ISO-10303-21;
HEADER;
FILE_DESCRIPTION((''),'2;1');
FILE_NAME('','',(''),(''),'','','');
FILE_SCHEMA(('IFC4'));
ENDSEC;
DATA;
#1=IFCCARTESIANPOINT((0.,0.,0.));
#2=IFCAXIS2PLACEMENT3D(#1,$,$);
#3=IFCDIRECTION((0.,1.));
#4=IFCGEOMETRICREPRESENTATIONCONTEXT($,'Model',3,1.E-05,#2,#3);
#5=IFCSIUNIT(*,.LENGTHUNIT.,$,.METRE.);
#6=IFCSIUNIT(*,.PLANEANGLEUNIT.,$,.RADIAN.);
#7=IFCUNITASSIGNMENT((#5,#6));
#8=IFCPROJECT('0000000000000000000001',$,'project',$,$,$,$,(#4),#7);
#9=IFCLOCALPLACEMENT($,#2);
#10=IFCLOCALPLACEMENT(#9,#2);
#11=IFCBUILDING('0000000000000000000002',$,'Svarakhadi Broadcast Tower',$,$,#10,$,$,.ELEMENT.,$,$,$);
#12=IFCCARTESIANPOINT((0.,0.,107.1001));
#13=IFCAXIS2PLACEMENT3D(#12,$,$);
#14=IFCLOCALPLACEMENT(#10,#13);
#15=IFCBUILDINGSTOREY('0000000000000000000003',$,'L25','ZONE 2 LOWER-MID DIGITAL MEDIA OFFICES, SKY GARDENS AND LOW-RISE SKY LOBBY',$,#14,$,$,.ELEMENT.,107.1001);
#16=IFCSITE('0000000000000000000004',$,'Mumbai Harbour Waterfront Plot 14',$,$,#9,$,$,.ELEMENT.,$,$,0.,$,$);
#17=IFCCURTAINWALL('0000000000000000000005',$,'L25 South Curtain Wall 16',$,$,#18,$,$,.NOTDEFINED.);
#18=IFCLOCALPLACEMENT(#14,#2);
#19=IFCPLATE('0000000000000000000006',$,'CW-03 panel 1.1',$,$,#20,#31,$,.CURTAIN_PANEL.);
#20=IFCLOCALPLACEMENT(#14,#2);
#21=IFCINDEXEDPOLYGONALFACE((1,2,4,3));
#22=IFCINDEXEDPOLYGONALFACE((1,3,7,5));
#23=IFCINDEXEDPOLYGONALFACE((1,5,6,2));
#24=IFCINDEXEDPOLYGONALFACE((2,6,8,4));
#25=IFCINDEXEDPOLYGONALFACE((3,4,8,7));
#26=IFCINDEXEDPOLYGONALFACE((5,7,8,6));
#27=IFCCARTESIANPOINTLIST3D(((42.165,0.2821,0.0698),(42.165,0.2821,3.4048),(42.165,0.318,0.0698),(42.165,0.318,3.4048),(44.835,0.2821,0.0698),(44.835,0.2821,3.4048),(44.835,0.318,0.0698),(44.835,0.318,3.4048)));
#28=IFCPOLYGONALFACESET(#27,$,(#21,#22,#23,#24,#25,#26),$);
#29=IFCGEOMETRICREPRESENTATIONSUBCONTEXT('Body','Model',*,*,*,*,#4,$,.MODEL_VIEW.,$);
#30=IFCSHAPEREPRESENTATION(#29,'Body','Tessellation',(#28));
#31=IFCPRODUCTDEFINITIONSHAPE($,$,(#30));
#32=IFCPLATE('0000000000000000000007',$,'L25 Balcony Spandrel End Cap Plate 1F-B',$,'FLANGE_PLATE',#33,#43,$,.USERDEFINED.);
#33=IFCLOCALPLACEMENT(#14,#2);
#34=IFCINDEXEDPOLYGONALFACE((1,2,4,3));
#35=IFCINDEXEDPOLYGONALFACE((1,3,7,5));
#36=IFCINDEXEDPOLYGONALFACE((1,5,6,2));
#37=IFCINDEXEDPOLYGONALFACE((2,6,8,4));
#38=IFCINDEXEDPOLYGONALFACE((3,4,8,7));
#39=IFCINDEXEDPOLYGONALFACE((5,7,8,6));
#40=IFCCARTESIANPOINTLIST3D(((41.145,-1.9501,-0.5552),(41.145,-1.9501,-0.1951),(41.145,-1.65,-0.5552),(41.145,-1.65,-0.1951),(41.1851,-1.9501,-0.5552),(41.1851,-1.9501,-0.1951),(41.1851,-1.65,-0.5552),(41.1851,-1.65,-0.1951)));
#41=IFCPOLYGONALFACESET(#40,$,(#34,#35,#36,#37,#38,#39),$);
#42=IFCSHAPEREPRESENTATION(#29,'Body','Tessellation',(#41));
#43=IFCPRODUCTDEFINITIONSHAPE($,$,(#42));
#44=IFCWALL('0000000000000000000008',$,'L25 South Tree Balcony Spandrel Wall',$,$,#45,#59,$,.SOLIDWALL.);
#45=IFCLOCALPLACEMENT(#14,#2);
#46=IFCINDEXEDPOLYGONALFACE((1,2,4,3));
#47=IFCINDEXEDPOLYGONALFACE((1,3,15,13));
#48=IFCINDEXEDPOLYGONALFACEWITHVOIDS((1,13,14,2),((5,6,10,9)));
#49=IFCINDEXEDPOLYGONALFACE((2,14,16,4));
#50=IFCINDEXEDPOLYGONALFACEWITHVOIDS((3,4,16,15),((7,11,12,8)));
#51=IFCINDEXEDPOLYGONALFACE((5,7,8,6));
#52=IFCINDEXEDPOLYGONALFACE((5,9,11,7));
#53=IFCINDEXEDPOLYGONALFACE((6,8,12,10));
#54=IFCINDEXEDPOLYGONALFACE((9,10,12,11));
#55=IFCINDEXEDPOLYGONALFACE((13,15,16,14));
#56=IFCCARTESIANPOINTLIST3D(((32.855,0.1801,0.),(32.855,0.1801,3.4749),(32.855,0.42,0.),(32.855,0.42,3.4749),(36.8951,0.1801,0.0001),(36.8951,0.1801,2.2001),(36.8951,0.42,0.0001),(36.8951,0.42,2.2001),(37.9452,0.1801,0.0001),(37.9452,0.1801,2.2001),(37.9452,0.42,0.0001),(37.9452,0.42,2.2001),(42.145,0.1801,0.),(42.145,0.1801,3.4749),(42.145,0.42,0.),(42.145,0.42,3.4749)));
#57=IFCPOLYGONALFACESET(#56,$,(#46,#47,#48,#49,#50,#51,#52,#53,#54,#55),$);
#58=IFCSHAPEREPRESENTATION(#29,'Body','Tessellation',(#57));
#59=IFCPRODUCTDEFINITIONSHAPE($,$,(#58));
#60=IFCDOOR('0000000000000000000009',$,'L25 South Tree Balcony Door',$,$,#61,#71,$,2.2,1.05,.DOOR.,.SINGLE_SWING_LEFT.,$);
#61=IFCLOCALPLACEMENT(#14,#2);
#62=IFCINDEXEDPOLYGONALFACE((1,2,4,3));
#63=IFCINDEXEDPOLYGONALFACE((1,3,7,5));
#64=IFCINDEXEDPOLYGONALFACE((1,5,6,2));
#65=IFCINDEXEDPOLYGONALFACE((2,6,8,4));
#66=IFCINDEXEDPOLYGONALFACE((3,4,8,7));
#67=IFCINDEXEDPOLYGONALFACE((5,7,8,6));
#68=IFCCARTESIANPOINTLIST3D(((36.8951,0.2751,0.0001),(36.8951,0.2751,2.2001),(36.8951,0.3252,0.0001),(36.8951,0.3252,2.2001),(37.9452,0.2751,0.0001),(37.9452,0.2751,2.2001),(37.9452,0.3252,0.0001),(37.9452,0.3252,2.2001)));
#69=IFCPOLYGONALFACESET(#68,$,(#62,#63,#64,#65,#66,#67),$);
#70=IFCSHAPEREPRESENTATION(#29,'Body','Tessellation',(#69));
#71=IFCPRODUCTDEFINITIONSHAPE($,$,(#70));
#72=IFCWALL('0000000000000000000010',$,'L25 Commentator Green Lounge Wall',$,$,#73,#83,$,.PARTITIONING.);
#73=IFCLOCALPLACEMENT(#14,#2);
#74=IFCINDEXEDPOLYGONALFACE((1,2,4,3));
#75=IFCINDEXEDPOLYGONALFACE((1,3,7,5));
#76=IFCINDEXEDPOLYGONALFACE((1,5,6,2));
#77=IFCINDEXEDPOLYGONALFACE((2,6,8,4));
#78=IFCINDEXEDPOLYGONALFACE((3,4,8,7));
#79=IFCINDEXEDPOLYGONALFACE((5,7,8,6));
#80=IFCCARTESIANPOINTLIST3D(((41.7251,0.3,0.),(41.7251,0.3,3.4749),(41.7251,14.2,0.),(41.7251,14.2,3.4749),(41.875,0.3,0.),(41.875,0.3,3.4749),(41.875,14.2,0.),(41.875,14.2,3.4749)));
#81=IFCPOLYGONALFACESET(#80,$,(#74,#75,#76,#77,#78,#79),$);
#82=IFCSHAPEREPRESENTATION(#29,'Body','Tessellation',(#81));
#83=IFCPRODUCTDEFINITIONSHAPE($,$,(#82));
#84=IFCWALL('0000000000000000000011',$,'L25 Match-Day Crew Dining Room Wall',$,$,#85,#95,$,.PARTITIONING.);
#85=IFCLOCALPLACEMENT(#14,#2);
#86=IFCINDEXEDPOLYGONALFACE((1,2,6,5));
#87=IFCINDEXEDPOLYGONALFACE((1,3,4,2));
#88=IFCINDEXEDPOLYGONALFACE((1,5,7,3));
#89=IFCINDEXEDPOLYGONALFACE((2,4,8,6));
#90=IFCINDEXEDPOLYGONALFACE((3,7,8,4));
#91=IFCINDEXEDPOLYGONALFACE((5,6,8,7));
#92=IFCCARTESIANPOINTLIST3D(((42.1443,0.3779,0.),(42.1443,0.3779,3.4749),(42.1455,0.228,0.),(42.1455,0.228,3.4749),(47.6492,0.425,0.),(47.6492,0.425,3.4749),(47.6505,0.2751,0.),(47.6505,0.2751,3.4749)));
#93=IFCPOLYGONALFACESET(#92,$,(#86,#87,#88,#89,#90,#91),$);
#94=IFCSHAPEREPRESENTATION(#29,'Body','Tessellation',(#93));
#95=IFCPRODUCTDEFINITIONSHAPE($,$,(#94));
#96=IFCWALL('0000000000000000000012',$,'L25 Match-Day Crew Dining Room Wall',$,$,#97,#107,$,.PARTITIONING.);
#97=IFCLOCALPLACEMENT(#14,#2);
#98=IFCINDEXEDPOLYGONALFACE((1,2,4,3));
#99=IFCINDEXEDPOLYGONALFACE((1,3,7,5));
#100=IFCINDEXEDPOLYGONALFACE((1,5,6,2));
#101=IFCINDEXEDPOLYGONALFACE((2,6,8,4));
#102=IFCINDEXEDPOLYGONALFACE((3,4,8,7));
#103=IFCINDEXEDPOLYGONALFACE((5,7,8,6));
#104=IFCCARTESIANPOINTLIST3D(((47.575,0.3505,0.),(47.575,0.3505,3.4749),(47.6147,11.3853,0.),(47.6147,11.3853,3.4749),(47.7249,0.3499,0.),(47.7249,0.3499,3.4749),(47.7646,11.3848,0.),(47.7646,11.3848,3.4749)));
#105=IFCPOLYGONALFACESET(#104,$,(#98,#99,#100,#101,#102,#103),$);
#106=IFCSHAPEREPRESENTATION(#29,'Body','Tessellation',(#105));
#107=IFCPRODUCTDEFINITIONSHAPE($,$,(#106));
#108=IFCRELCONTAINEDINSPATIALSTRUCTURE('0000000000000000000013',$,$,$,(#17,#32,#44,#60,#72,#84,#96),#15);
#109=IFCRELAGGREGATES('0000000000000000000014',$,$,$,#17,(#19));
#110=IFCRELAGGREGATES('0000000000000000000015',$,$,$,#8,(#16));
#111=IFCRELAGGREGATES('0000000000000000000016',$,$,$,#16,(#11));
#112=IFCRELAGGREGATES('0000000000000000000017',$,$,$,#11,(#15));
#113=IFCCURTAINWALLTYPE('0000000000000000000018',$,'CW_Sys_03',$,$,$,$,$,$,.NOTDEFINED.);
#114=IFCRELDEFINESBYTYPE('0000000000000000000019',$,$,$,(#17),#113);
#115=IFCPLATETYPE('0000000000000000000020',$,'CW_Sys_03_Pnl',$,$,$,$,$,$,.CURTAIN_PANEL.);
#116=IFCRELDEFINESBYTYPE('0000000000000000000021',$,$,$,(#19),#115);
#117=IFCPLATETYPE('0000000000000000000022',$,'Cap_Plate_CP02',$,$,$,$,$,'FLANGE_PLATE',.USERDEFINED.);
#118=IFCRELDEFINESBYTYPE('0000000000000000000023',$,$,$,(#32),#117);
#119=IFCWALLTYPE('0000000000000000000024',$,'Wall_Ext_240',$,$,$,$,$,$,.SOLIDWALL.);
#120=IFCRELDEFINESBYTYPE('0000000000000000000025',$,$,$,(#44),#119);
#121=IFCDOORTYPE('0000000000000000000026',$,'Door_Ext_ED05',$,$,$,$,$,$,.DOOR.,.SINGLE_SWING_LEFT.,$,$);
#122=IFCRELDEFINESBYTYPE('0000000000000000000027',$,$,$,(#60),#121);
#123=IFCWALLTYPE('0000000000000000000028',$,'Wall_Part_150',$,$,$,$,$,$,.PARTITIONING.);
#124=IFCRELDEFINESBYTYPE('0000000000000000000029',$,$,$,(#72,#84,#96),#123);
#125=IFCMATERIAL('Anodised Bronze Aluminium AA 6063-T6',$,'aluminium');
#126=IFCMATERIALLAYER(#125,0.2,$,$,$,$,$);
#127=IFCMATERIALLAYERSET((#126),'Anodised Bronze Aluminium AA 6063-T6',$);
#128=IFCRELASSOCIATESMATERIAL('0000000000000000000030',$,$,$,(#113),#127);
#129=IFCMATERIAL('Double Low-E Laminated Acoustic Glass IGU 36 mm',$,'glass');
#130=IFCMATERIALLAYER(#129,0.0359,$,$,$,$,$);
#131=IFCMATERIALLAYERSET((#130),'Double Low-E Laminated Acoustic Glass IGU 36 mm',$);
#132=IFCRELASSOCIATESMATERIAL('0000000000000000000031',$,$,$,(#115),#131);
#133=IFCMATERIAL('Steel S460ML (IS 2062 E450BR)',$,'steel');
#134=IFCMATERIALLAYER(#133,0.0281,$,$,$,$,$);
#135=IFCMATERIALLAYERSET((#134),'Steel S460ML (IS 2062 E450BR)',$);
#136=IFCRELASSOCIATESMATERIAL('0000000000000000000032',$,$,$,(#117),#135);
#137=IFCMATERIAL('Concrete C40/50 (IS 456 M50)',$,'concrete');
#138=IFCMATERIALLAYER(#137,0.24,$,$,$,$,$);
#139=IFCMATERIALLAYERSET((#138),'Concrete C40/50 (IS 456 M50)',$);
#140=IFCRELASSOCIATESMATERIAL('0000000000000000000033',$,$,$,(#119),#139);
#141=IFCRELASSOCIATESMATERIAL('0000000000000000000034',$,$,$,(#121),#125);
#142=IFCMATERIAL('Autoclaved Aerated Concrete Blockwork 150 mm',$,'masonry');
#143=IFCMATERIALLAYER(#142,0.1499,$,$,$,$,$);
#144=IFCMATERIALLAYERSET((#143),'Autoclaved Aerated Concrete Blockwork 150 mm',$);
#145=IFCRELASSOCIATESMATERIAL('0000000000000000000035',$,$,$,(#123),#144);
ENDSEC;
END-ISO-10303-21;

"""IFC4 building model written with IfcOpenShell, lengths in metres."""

from ifc_helpers import new_model, si_unit, direction, frame, frame_2d, origin, origin_2d, place, context, subcontext, project, spatial, rectangle, extrude, material, layer, layer_set, type_object, element, fill, aggregate, save


model = new_model("IFC4")

# Units and contexts
model_context = context("Model", 3, precision=1e-05, world=origin(), true_north=direction((0.0, 1.0)))
body_context = subcontext(model_context, "Body", "Model", "MODEL_VIEW")
ifc_project = project(units=[si_unit("LENGTHUNIT", "METRE"), si_unit("PLANEANGLEUNIT", "RADIAN")], contexts=[model_context])

# Site, building, storey
site_placement = place(None, origin())
site = spatial("IfcSite", under=ifc_project, at=site_placement, Name="Mumbai Harbour Waterfront Plot 14", CompositionType="ELEMENT", RefElevation=0.0)
building_placement = place(site_placement, origin())
building = spatial("IfcBuilding", under=site, at=building_placement, Name="Svarakhadi Broadcast Tower", CompositionType="ELEMENT")
storey_placement = place(building_placement, frame((0.0, 0.0, 107.1001)))
storey = spatial("IfcBuildingStorey", under=building, at=storey_placement, Name="L25", Description="ZONE 2 LOWER-MID DIGITAL MEDIA OFFICES, SKY GARDENS AND LOW-RISE SKY LOBBY", CompositionType="ELEMENT", Elevation=107.1001)

# Shared definitions
ifc_material_1 = material(Name="Steel S460ML (IS 2062 E450BR)", Category="steel")

# Curtain wall
ifc_material_2 = material(Name="Anodised Bronze Aluminium AA 6063-T6", Category="aluminium")
ifc_layer_1 = layer(ifc_material_2, 0.2)
ifc_layer_set_1 = layer_set([ifc_layer_1], Name="Anodised Bronze Aluminium AA 6063-T6")
curtain_wall_type = type_object("IfcCurtainWallType", Name="CW_Sys_03", PredefinedType="NOTDEFINED", material=ifc_layer_set_1)
curtain_wall_1_placement = place(storey_placement, origin())
curtain_wall_1 = element("IfcCurtainWall", 1, at=curtain_wall_1_placement, inside=storey, type_object=curtain_wall_type, Name="L25 South Curtain Wall 16", PredefinedType="NOTDEFINED")

# Plates
ifc_material_3 = material(Name="Double Low-E Laminated Acoustic Glass IGU 36 mm", Category="glass")
ifc_layer_2 = layer(ifc_material_3, 0.0359)
ifc_layer_set_2 = layer_set([ifc_layer_2], Name="Double Low-E Laminated Acoustic Glass IGU 36 mm")
plate_type_1 = type_object("IfcPlateType", Name="CW_Sys_03_Pnl", PredefinedType="CURTAIN_PANEL", material=ifc_layer_set_2)
plate_1_placement = place(storey_placement, frame((43.5, 0.3, 0.0698), z_axis=(0.0, 0.0, 1.0), x_axis=(-1.0, 0.0, 0.0)))
plate_1 = element("IfcPlate", 2, at=plate_1_placement, type_object=plate_type_1, Name="CW-03 panel 1.1", PredefinedType="CURTAIN_PANEL", context=body_context, shape_type="SweptSolid", body=[
    extrude(rectangle(XDim=2.6699, YDim=0.0359, at=origin_2d()), origin(), (0.0, 0.0, 1.0), 3.335),
])
aggregate(curtain_wall_1, [plate_1])
ifc_layer_3 = layer(ifc_material_1, 0.0281)
ifc_layer_set_3 = layer_set([ifc_layer_3], Name="Steel S460ML (IS 2062 E450BR)")
plate_type_2 = type_object("IfcPlateType", Name="Cap_Plate_CP02", ElementType="FLANGE_PLATE", PredefinedType="USERDEFINED", material=ifc_layer_set_3)
plate_2_placement = place(storey_placement, frame((41.165, -1.8, -0.5552), z_axis=(0.0, 0.0, 1.0), x_axis=(1.0, 0.0, 0.0)))
element("IfcPlate", 3, at=plate_2_placement, inside=storey, type_object=plate_type_2, Name="L25 Balcony Spandrel End Cap Plate 1F-B", ObjectType="FLANGE_PLATE", PredefinedType="USERDEFINED", context=body_context, shape_type="SweptSolid", body=[
    extrude(rectangle(XDim=0.04, YDim=0.3, at=origin_2d()), origin(), (0.0, 0.0, 1.0), 0.3601),
])

# Wall, opening, door
ifc_material_4 = material(Name="Concrete C40/50 (IS 456 M50)", Category="concrete")
ifc_layer_4 = layer(ifc_material_4, 0.24)
ifc_layer_set_4 = layer_set([ifc_layer_4], Name="Concrete C40/50 (IS 456 M50)")
wall_type_1 = type_object("IfcWallType", Name="Wall_Ext_240", PredefinedType="SOLIDWALL", material=ifc_layer_set_4)
wall_1_placement = place(storey_placement, frame((42.145, 0.3, 0.0), z_axis=(0.0, 0.0, 1.0), x_axis=(-1.0, 0.0, 0.0)))
wall_1 = element("IfcWall", 4, at=wall_1_placement, inside=storey, type_object=wall_type_1, Name="L25 South Tree Balcony Spandrel Wall", PredefinedType="SOLIDWALL", context=body_context, shape_type="SweptSolid", body=[
    extrude(rectangle(XDim=9.29, YDim=0.24, at=frame_2d((4.645, 0.0))), origin(), (0.0, 0.0, 1.0), 3.4749),
])
opening_placement = place(wall_1_placement, frame((4.2, 0.0, 0.0)))
opening = element("IfcOpeningElement", 5, at=opening_placement, cuts=wall_1, PredefinedType="OPENING", context=body_context, shape_type="SweptSolid", body=[
    extrude(rectangle(XDim=1.05, YDim=2.2, at=frame_2d((0.5249, 1.1001))), frame((0.0, 0.1299, 0.0), z_axis=(0.0, -1.0, 0.0), x_axis=(1.0, 0.0, 0.0)), (0.0, 0.0, 1.0), 0.26),
])
door_type = type_object("IfcDoorType", Name="Door_Ext_ED05", OperationType="SINGLE_SWING_LEFT", PredefinedType="DOOR", material=ifc_material_2)
door_placement = place(opening_placement, origin())
door = element("IfcDoor", 6, at=door_placement, inside=storey, type_object=door_type, Name="L25 South Tree Balcony Door", OperationType="SINGLE_SWING_LEFT", OverallHeight=2.2, OverallWidth=1.05, PredefinedType="DOOR", context=body_context, shape_type="SweptSolid", body=[
    extrude(rectangle(XDim=1.05, YDim=2.2, at=frame_2d((0.5249, 1.1001))), frame((0.0, 0.0249, 0.0), z_axis=(0.0, -1.0, 0.0), x_axis=(1.0, 0.0, 0.0)), (0.0, 0.0, 1.0), 0.05),
])
fill(opening, door)

# Walls
ifc_material_5 = material(Name="Autoclaved Aerated Concrete Blockwork 150 mm", Category="masonry")
ifc_layer_5 = layer(ifc_material_5, 0.1499)
ifc_layer_set_5 = layer_set([ifc_layer_5], Name="Autoclaved Aerated Concrete Blockwork 150 mm")
wall_type_2 = type_object("IfcWallType", Name="Wall_Part_150", PredefinedType="PARTITIONING", material=ifc_layer_set_5)
wall_2_placement = place(storey_placement, frame((41.8, 0.3, 0.0), z_axis=(0.0, 0.0, 1.0), x_axis=(0.0, 1.0, 0.0)))
element("IfcWall", 7, at=wall_2_placement, inside=storey, type_object=wall_type_2, Name="L25 Commentator Green Lounge Wall", PredefinedType="PARTITIONING", context=body_context, shape_type="SweptSolid", body=[
    extrude(rectangle(XDim=13.8999, YDim=0.1499, at=frame_2d((6.95, 0.0))), origin(), (0.0, 0.0, 1.0), 3.4749),
])
wall_3_placement = place(storey_placement, frame((42.145, 0.303, 0.0), z_axis=(0.0, 0.0, 1.0), x_axis=(0.999963, 0.008559, 0.0)))
element("IfcWall", 8, at=wall_3_placement, inside=storey, type_object=wall_type_2, Name="L25 Match-Day Crew Dining Room Wall", PredefinedType="PARTITIONING", context=body_context, shape_type="SweptSolid", body=[
    extrude(rectangle(XDim=5.5051, YDim=0.1499, at=frame_2d((2.7524, 0.0))), origin(), (0.0, 0.0, 1.0), 3.4749),
])
wall_4_placement = place(storey_placement, frame((47.6499, 0.3501, 0.0), z_axis=(0.0, 0.0, 1.0), x_axis=(0.003606, 0.999993, 0.0)))
element("IfcWall", 9, at=wall_4_placement, inside=storey, type_object=wall_type_2, Name="L25 Match-Day Crew Dining Room Wall", PredefinedType="PARTITIONING", context=body_context, shape_type="SweptSolid", body=[
    extrude(rectangle(XDim=11.0349, YDim=0.1499, at=frame_2d((5.5176, 0.0))), origin(), (0.0, 0.0, 1.0), 3.4749),
])

save(model, "model.ifc")
